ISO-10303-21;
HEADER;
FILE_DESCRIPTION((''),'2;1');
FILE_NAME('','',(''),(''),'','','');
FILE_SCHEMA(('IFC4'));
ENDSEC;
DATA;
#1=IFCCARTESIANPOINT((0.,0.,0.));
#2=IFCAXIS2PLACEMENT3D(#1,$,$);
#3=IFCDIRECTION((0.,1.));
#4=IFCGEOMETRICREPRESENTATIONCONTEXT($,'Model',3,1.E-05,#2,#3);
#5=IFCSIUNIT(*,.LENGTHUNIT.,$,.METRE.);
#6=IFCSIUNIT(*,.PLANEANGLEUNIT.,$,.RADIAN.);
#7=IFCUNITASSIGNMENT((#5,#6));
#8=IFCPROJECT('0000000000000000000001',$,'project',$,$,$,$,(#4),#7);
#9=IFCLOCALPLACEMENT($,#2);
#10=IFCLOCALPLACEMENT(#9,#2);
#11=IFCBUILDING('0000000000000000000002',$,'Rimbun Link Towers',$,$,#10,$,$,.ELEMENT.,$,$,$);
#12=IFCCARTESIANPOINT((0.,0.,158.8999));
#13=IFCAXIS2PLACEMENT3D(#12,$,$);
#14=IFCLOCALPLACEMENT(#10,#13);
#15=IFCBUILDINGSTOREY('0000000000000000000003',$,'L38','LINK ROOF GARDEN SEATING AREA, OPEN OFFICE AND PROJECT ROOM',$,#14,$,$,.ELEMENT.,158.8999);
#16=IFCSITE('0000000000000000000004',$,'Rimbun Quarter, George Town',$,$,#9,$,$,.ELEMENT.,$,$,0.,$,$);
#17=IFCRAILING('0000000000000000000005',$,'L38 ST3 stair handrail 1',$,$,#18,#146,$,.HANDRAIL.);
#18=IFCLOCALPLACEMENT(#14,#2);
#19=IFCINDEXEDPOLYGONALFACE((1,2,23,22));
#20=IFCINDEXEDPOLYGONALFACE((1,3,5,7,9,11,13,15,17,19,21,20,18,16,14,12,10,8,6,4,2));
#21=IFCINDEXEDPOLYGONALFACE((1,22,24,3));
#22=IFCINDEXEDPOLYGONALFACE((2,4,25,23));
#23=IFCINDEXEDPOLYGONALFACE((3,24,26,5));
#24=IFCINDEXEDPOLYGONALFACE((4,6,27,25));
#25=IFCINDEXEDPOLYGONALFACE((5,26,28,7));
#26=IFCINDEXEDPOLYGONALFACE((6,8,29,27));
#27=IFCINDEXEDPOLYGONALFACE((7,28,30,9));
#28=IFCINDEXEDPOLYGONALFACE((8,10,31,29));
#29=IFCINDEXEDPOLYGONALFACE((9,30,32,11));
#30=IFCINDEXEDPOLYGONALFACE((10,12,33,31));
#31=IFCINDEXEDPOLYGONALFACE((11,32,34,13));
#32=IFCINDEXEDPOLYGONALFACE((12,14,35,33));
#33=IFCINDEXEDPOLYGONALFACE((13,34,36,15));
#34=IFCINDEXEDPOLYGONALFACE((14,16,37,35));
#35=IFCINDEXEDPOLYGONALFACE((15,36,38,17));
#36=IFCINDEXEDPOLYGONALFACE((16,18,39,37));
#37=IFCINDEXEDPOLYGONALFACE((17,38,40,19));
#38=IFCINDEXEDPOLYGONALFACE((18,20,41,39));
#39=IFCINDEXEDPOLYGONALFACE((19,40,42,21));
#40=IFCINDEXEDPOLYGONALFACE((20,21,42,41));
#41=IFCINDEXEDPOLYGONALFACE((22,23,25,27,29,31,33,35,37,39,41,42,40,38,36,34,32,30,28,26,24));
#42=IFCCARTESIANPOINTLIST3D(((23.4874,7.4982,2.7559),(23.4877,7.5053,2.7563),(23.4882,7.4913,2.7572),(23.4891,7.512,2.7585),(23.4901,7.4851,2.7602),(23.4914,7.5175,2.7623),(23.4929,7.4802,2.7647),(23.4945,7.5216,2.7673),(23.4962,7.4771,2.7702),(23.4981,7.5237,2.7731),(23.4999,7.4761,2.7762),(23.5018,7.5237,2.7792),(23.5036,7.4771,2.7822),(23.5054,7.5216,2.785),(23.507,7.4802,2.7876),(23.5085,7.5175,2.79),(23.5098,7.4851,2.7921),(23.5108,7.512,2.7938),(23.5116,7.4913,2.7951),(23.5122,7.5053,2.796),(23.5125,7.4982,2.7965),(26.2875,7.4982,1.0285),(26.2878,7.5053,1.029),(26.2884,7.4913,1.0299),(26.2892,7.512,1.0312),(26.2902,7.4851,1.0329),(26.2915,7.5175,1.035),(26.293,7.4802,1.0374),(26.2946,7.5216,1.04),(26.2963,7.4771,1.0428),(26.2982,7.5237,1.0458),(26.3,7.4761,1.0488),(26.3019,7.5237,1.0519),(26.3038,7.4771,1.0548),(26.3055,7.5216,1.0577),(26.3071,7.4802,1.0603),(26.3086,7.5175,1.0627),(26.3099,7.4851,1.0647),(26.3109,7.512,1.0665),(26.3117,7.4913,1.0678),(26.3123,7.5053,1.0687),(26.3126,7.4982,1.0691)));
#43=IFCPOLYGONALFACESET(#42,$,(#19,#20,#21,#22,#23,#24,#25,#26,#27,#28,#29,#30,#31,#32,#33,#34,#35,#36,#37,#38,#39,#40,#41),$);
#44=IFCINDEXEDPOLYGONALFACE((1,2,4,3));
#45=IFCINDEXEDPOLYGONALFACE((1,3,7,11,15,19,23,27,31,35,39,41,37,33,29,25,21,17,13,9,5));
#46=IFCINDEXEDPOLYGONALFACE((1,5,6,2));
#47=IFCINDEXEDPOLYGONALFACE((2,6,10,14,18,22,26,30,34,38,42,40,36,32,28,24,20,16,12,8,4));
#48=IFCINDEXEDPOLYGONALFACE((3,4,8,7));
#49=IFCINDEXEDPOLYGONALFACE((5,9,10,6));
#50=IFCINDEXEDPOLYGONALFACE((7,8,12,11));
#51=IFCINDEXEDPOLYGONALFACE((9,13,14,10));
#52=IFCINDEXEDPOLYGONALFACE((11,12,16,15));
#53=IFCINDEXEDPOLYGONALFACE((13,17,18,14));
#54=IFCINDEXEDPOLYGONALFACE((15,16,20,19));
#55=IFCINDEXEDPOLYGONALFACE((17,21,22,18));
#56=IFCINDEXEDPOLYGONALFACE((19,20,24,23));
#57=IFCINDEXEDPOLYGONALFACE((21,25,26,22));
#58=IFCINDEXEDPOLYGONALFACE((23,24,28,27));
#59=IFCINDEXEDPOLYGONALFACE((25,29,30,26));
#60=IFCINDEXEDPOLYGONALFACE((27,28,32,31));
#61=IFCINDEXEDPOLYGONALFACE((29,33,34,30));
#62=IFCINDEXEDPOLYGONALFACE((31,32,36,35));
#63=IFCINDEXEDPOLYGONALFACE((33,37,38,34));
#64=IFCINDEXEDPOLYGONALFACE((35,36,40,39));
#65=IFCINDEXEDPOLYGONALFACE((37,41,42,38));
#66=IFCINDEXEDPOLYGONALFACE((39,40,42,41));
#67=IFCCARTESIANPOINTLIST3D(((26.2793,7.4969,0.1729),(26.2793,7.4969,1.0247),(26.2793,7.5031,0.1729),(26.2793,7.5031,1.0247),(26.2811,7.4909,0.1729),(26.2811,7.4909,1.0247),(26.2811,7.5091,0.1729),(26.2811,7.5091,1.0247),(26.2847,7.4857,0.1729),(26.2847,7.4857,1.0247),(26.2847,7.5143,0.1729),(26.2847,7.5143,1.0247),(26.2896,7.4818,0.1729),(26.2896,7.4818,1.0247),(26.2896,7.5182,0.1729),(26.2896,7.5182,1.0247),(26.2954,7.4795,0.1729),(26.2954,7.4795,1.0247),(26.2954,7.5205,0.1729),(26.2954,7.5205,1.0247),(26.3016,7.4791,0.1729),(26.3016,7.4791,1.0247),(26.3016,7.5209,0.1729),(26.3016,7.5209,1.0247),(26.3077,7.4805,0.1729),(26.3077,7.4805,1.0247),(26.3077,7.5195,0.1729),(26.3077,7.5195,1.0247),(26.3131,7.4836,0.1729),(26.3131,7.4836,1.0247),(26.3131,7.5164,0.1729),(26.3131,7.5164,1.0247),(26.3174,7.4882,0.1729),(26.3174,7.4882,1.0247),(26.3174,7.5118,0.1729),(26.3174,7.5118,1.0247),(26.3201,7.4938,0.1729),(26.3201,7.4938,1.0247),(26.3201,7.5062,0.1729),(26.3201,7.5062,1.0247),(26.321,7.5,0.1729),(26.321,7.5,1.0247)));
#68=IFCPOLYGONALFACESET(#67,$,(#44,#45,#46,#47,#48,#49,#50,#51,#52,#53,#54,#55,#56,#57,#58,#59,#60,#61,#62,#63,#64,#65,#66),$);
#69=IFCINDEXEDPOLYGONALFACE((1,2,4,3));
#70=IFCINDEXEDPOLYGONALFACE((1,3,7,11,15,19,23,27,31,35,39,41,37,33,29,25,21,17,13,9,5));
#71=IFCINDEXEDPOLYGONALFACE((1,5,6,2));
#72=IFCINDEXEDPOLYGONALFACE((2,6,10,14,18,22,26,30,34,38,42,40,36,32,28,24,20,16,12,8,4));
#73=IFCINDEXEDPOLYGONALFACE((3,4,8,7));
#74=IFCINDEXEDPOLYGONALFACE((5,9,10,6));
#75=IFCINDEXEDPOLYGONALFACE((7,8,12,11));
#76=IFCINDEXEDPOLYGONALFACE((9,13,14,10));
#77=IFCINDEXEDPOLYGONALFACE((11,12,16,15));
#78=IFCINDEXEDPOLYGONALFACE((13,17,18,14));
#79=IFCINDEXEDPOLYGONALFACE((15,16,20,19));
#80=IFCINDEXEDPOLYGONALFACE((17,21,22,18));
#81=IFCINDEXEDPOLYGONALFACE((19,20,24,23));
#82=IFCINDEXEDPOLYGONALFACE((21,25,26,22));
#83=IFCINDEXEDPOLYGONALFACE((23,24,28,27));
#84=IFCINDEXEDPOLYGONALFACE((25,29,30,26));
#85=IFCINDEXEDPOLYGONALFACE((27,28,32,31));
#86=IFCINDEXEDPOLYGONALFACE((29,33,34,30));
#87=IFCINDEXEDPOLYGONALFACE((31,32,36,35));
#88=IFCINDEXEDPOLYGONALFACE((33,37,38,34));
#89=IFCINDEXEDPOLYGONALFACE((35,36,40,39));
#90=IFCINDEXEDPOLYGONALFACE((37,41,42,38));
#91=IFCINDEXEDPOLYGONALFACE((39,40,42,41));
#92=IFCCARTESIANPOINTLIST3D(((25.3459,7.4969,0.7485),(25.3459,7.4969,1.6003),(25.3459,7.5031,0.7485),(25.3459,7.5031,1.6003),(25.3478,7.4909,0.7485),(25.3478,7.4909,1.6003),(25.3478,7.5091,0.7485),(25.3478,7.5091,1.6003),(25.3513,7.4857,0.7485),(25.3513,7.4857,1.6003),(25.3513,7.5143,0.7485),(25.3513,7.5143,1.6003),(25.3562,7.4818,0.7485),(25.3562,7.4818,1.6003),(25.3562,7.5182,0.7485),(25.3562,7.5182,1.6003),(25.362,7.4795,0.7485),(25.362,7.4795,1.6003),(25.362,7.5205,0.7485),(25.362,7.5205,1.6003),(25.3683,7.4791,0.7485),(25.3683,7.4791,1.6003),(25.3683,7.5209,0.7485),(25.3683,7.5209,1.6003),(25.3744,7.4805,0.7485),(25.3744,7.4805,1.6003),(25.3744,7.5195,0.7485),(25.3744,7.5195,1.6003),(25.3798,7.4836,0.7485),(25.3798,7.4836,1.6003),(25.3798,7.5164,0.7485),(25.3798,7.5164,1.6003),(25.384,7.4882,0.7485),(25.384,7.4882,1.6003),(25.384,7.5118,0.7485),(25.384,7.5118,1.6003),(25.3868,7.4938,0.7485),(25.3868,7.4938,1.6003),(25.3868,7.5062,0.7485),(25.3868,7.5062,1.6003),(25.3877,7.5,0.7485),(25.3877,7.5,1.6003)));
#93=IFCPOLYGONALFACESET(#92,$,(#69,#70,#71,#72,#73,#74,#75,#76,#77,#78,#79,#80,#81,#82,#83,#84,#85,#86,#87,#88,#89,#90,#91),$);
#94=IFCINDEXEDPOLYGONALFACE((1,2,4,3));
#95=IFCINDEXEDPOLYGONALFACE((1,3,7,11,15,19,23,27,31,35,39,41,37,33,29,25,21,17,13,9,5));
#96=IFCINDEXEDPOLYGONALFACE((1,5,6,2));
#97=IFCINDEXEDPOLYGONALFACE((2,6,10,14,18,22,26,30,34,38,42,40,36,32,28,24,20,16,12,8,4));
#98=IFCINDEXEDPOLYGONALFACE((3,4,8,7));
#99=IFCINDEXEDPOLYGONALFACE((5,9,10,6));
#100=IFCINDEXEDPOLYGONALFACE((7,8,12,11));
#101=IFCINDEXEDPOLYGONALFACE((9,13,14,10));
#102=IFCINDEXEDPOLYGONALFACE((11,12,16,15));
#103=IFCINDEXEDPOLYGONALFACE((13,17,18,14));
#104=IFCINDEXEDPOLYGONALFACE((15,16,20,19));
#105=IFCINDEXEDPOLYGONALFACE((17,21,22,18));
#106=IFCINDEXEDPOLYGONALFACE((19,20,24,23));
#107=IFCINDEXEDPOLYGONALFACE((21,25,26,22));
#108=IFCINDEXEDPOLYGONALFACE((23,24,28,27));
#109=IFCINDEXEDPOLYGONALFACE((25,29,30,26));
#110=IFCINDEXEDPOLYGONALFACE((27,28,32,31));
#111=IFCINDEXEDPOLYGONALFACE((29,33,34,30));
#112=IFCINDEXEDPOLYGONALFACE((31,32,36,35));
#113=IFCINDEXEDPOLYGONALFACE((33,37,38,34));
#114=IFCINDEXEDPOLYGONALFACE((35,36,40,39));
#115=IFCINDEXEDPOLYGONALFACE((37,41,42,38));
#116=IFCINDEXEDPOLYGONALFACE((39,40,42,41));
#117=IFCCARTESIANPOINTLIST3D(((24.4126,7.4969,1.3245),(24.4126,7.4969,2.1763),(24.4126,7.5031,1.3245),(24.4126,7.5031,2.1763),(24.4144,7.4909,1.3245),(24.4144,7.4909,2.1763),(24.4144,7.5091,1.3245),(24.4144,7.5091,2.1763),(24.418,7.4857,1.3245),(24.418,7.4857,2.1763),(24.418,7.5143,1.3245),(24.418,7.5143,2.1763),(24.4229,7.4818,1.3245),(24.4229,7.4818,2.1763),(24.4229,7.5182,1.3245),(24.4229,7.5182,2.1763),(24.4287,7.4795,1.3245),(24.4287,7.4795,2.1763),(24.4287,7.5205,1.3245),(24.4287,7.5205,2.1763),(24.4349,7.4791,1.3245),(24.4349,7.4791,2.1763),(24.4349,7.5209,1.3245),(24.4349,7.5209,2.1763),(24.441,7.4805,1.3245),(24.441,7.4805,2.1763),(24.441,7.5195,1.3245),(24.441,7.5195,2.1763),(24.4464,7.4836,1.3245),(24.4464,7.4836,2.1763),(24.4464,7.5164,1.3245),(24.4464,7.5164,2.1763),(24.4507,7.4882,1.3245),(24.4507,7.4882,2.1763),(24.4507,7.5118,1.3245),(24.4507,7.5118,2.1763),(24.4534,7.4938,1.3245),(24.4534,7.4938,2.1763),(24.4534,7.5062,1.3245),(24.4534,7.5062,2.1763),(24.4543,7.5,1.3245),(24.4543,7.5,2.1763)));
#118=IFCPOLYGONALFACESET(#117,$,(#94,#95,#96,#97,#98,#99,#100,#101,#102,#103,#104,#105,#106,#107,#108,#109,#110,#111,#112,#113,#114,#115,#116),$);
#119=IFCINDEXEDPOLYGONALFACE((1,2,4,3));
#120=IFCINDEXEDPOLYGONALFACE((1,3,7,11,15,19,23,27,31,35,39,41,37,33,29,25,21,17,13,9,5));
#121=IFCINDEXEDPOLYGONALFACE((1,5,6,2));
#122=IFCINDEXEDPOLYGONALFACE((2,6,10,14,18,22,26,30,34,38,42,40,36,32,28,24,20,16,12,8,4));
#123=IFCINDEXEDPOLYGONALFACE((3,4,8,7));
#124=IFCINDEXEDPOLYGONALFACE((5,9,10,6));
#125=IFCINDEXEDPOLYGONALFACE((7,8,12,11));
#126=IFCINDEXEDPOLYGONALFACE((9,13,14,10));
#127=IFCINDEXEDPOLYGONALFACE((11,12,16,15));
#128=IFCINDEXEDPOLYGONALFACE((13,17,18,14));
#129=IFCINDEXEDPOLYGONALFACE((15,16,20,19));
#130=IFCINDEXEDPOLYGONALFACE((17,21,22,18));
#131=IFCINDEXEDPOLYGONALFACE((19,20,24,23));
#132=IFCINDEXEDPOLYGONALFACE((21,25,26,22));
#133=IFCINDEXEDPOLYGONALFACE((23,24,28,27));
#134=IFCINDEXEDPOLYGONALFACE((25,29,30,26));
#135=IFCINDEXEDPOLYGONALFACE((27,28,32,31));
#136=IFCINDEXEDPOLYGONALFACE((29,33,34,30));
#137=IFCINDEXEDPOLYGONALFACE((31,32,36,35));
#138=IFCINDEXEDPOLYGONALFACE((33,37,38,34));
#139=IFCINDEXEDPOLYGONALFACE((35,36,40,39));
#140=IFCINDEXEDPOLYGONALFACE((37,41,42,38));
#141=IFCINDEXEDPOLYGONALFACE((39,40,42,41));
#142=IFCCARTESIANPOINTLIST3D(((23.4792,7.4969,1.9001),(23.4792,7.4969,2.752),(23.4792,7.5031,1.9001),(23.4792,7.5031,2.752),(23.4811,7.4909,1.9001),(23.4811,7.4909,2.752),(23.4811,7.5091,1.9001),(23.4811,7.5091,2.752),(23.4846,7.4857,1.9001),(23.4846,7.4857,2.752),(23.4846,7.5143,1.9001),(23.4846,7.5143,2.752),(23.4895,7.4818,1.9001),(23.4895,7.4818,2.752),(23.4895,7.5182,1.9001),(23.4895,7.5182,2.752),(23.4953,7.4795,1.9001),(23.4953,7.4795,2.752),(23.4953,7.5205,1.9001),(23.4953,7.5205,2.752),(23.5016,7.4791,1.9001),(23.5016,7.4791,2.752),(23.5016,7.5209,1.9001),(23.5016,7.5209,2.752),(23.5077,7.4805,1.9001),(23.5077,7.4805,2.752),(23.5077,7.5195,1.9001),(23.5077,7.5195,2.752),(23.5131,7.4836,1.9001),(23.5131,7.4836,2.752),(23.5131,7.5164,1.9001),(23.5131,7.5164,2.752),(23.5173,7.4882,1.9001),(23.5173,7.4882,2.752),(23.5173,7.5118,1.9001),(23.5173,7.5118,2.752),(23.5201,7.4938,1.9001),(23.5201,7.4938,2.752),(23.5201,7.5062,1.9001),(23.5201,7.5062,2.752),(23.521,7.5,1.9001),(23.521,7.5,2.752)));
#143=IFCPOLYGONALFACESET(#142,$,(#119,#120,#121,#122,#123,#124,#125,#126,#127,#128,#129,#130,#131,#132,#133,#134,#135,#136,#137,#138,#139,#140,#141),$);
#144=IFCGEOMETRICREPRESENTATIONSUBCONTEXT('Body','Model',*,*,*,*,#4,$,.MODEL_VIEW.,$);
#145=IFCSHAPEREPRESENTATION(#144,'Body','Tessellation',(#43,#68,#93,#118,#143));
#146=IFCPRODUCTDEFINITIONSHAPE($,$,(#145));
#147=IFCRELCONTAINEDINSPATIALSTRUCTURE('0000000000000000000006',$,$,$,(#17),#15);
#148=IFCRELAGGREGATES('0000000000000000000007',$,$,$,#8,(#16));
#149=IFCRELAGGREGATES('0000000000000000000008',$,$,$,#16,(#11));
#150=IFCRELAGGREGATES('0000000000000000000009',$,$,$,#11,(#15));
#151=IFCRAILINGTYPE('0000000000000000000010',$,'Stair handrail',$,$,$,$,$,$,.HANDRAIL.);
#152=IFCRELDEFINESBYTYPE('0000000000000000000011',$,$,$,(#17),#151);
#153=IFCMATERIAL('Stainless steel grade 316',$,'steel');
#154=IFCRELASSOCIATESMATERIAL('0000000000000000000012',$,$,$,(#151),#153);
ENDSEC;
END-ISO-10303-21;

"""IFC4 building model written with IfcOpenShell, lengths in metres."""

from ifc_helpers import new_model, si_unit, direction, frame, origin, origin_2d, place, context, subcontext, project, spatial, circle, extrude, material, type_object, element, save


model = new_model("IFC4")

# Units and contexts
model_context = context("Model", 3, precision=1e-05, world=origin(), true_north=direction((0.0, 1.0)))
body_context = subcontext(model_context, "Body", "Model", "MODEL_VIEW")
ifc_project = project(units=[si_unit("LENGTHUNIT", "METRE"), si_unit("PLANEANGLEUNIT", "RADIAN")], contexts=[model_context])

# Site, building, storey
site_placement = place(None, origin())
site = spatial("IfcSite", under=ifc_project, at=site_placement, Name="Rimbun Quarter, George Town", CompositionType="ELEMENT", RefElevation=0.0)
building_placement = place(site_placement, origin())
building = spatial("IfcBuilding", under=site, at=building_placement, Name="Rimbun Link Towers", CompositionType="ELEMENT")
storey_placement = place(building_placement, frame((0.0, 0.0, 158.8999)))
storey = spatial("IfcBuildingStorey", under=building, at=storey_placement, Name="L38", Description="LINK ROOF GARDEN SEATING AREA, OPEN OFFICE AND PROJECT ROOM", CompositionType="ELEMENT", Elevation=158.8999)

# Railing
ifc_material_1 = material(Name="Stainless steel grade 316", Category="steel")
railing_type_1 = type_object("IfcRailingType", Name="Stair handrail", PredefinedType="HANDRAIL", material=ifc_material_1)
railing_1_placement = place(storey_placement, frame((26.3, 7.5, 0.1729)))
element("IfcRailing", 1, at=railing_1_placement, inside=storey, type_object=railing_type_1, Name="L38 ST3 stair handrail 1", PredefinedType="HANDRAIL", context=body_context, shape_type="SweptSolid", body=[
    extrude(circle(Radius=0.0239, at=origin_2d()), frame((0.0, 0.0, 0.876), z_axis=(-0.85109, 0.0, 0.52502), x_axis=(0.0, -1.0, 0.0)), (0.0, 0.0, 1.0), 3.29),
    extrude(circle(Radius=0.021, at=origin_2d()), origin(), (0.0, 0.0, 1.0), 0.8518),
    extrude(circle(Radius=0.021, at=origin_2d()), frame((-0.9333, 0.0, 0.5757)), (0.0, 0.0, 1.0), 0.8518),
    extrude(circle(Radius=0.021, at=origin_2d()), frame((-1.8667, 0.0, 1.1516)), (0.0, 0.0, 1.0), 0.8518),
    extrude(circle(Radius=0.021, at=origin_2d()), frame((-2.8, 0.0, 1.7273)), (0.0, 0.0, 1.0), 0.8518),
])

save(model, "model.ifc")
